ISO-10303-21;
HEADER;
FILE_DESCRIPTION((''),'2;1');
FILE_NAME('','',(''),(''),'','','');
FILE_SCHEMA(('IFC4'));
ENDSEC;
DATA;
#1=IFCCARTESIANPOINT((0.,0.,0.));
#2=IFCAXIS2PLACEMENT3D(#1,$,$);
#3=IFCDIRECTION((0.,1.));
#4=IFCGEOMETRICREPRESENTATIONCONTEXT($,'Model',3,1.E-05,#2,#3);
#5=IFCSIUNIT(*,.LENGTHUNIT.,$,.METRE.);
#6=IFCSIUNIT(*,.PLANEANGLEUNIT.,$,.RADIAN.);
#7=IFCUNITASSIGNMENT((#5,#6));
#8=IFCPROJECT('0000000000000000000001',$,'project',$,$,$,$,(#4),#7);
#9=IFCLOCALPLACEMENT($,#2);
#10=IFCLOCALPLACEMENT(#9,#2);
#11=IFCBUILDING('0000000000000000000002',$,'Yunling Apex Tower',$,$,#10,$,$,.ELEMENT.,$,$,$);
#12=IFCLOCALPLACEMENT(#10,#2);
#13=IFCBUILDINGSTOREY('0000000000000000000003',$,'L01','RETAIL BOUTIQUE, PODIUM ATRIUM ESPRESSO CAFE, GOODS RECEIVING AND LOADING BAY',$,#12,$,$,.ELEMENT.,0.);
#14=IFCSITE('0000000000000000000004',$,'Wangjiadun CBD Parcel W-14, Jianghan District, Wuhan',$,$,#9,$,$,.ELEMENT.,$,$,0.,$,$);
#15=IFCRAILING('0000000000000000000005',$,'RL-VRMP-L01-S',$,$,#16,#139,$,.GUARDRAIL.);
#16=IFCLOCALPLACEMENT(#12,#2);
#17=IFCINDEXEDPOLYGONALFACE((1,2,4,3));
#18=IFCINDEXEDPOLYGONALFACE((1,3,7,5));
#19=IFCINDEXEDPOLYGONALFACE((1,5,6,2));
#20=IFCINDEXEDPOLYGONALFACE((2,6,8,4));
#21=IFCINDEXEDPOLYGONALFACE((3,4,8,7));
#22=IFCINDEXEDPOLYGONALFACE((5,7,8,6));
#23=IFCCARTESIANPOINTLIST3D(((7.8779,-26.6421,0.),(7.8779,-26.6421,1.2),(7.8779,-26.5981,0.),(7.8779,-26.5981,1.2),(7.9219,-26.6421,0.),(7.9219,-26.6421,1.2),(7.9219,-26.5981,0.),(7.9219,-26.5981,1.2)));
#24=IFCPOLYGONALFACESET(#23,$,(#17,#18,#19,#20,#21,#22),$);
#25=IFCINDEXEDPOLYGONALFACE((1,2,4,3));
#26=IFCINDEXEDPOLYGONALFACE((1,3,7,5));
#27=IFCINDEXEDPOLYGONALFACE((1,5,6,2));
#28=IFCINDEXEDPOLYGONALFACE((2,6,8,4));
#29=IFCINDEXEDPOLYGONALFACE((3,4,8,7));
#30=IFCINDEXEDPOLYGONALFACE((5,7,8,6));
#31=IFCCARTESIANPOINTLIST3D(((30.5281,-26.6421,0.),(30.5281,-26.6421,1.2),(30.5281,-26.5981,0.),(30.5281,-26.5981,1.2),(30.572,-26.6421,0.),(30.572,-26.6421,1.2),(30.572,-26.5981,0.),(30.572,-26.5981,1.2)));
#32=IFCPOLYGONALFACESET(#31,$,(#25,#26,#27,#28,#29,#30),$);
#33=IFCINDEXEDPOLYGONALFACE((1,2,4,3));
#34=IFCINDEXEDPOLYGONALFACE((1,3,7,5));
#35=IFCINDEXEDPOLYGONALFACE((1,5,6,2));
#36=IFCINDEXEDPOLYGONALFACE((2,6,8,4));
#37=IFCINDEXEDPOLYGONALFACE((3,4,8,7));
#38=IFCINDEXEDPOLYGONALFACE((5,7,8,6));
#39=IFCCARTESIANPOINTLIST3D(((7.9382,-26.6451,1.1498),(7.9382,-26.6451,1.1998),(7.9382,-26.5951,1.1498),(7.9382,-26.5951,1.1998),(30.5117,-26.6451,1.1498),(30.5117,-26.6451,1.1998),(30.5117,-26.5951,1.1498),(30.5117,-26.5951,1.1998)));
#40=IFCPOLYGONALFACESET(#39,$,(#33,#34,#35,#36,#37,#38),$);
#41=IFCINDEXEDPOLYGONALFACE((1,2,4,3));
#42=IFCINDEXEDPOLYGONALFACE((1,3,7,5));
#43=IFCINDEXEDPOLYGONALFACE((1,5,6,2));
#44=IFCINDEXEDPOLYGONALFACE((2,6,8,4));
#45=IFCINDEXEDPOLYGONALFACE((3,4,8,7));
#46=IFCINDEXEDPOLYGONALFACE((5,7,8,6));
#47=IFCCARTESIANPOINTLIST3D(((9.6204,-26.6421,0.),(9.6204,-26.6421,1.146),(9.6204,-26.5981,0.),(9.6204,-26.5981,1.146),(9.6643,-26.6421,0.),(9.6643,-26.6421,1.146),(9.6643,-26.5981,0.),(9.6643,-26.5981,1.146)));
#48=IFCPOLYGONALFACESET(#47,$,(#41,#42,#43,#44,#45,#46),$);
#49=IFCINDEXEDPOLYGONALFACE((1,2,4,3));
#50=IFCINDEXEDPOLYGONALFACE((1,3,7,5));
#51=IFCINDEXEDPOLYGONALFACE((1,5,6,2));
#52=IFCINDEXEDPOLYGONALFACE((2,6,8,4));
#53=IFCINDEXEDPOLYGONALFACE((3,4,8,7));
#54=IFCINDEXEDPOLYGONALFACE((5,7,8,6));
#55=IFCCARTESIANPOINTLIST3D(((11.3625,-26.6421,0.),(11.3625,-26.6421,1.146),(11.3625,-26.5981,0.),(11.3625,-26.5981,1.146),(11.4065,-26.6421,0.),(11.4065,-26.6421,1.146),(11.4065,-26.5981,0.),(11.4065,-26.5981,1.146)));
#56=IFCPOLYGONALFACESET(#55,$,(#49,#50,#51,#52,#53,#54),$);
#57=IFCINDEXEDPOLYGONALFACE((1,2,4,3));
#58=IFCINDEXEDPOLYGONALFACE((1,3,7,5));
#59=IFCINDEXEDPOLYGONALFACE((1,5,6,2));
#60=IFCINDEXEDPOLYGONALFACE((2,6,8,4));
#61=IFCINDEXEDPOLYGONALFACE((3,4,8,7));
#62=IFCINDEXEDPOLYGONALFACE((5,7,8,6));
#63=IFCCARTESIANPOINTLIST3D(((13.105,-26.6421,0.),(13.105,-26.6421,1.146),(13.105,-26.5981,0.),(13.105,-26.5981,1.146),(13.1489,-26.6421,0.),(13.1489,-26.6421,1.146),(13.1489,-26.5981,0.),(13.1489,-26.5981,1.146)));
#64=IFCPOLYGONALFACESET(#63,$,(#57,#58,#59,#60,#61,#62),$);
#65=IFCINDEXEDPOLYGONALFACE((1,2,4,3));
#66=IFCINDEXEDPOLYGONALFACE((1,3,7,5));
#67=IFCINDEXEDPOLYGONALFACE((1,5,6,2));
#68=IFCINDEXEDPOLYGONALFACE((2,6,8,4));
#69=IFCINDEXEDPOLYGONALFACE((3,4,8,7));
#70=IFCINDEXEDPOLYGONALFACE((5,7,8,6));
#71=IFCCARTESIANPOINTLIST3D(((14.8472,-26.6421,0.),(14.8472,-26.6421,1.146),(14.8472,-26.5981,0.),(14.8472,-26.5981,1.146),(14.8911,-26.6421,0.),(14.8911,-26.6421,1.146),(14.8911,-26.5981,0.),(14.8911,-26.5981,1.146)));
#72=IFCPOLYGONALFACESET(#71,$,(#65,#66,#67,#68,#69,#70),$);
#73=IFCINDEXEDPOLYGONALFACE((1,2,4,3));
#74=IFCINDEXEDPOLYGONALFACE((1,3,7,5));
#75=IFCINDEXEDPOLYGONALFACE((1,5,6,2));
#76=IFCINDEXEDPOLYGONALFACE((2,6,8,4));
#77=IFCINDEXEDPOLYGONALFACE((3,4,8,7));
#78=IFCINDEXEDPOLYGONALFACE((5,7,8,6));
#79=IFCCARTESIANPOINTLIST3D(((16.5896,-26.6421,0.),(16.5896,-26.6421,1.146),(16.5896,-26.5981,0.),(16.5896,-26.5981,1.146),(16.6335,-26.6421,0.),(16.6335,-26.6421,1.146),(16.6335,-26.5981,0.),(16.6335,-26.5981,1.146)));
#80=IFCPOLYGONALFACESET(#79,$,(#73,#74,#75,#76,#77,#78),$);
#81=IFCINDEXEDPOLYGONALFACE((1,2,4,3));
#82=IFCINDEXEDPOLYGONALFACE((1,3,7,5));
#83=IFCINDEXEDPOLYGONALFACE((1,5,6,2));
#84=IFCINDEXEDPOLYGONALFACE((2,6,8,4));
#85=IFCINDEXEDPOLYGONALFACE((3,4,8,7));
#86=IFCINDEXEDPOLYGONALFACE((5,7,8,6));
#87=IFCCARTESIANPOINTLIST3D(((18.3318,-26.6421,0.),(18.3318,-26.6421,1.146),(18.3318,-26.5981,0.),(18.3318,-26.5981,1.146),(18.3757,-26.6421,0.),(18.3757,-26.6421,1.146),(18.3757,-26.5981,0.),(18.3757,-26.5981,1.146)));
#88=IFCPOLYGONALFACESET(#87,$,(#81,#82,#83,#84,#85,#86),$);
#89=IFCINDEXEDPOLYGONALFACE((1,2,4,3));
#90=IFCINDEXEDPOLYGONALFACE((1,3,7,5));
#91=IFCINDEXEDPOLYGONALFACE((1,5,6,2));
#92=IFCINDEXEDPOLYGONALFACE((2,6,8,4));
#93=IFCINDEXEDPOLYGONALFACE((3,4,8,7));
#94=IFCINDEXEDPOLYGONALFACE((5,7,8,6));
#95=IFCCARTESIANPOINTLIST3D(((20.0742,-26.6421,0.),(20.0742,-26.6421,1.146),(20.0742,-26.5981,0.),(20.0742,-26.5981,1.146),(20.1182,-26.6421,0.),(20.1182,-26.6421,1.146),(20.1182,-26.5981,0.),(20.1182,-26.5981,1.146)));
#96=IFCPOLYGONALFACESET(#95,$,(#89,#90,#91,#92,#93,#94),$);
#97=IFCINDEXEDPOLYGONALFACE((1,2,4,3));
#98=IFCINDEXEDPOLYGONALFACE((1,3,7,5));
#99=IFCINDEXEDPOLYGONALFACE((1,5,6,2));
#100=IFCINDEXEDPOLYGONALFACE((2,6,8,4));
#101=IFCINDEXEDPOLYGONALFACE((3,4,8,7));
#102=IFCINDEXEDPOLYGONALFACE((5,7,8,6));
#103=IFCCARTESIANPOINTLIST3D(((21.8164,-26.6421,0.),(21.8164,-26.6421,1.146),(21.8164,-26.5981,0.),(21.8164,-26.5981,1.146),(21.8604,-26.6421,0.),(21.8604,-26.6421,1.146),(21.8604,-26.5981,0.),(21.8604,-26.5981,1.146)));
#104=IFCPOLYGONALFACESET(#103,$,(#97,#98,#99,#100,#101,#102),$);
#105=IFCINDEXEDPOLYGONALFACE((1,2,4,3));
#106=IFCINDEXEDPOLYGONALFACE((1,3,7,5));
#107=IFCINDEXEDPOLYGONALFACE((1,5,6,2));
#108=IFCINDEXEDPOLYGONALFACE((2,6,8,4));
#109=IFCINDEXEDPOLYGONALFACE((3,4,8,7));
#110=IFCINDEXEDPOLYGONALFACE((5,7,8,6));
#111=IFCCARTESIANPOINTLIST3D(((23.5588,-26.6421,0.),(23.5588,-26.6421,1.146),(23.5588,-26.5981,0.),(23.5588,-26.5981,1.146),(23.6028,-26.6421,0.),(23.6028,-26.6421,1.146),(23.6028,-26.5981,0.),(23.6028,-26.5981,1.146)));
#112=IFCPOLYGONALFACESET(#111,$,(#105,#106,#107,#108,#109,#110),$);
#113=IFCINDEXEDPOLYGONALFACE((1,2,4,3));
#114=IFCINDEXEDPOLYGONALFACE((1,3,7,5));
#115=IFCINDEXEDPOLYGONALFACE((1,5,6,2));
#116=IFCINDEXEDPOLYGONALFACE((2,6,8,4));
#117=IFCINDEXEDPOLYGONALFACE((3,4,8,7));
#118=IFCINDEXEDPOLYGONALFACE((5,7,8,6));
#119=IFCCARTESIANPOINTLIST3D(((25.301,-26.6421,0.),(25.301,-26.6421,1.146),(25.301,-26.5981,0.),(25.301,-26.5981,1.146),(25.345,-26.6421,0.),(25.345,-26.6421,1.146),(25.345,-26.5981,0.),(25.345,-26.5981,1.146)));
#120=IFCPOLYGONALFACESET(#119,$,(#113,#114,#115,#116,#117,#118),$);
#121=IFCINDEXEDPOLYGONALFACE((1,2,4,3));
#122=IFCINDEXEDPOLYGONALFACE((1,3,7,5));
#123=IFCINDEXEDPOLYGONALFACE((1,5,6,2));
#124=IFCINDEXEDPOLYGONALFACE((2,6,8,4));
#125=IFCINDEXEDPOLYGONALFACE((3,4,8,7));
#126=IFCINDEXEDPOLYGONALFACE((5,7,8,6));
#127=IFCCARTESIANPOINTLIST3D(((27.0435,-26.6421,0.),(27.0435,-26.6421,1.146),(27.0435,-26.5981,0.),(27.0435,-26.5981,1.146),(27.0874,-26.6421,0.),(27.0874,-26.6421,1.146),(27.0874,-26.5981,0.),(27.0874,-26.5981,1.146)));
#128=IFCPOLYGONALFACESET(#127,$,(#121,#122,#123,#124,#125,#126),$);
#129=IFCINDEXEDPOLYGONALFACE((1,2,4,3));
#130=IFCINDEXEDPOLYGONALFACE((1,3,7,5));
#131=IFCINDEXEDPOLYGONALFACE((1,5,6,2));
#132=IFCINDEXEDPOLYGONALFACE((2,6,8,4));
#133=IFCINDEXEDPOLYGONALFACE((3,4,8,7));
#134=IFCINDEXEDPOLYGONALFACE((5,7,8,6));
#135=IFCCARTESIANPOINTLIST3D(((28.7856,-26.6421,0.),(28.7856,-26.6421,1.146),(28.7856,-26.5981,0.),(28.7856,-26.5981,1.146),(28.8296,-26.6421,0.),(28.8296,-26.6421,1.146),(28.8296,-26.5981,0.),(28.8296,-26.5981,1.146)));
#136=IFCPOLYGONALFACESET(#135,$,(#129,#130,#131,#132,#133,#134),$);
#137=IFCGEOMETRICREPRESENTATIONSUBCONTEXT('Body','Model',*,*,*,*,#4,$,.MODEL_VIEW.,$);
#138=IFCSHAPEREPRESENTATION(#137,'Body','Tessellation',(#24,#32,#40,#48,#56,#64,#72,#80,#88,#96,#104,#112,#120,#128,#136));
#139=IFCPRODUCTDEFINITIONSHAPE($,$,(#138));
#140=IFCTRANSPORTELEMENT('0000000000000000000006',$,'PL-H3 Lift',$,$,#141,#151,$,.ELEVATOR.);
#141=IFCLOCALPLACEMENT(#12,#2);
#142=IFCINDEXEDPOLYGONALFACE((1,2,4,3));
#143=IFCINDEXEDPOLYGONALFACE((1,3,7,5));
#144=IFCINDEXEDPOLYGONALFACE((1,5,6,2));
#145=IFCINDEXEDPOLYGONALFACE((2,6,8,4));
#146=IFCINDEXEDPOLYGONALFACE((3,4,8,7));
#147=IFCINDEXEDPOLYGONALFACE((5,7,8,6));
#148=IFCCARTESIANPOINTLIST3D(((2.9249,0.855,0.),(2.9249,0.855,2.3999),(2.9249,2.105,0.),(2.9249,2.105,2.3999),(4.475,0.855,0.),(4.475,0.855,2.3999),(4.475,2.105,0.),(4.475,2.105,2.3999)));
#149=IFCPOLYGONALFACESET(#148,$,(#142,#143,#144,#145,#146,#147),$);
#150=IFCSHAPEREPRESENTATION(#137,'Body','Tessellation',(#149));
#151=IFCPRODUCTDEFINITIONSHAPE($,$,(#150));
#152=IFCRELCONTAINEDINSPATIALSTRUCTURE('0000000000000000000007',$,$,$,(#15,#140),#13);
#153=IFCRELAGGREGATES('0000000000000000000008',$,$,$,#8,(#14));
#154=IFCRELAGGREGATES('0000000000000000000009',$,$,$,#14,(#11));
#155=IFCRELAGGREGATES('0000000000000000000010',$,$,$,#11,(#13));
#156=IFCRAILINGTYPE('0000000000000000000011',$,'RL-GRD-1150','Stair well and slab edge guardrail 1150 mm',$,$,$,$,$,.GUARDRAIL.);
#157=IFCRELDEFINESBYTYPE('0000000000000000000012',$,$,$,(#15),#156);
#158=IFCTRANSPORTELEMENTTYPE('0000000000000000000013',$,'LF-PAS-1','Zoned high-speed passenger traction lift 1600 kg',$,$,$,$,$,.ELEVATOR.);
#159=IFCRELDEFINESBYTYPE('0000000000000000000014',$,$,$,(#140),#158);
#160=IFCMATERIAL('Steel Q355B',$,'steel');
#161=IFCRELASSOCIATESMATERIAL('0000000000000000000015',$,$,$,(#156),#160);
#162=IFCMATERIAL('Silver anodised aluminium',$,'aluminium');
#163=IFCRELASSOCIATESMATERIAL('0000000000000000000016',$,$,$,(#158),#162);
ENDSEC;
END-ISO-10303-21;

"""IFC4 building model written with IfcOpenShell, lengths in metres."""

from ifc_helpers import new_model, si_unit, direction, frame, origin, origin_2d, place, context, subcontext, project, spatial, rectangle, extrude, source, transform, mapped, material, type_object, element, save


model = new_model("IFC4")

# Units and contexts
model_context = context("Model", 3, precision=1e-05, world=origin(), true_north=direction((0.0, 1.0)))
body_context = subcontext(model_context, "Body", "Model", "MODEL_VIEW")
ifc_project = project(units=[si_unit("LENGTHUNIT", "METRE"), si_unit("PLANEANGLEUNIT", "RADIAN")], contexts=[model_context])

# Site, building, storey
site_placement = place(None, origin())
site = spatial("IfcSite", under=ifc_project, at=site_placement, Name="Wangjiadun CBD Parcel W-14, Jianghan District, Wuhan", CompositionType="ELEMENT", RefElevation=0.0)
building_placement = place(site_placement, origin())
building = spatial("IfcBuilding", under=site, at=building_placement, Name="Yunling Apex Tower", CompositionType="ELEMENT")
storey_placement = place(building_placement, origin())
storey = spatial("IfcBuildingStorey", under=building, at=storey_placement, Name="L01", Description="RETAIL BOUTIQUE, PODIUM ATRIUM ESPRESSO CAFE, GOODS RECEIVING AND LOADING BAY", CompositionType="ELEMENT", Elevation=0.0)

# Shared definitions
ifc_material_1 = material(Name="Steel Q355B", Category="steel")

# Railing
railing_type = type_object("IfcRailingType", Name="RL-GRD-1150", Description="Stair well and slab edge guardrail 1150 mm", PredefinedType="GUARDRAIL", material=ifc_material_1)
railing_placement = place(storey_placement, frame((7.8999, -26.6201, 0.0)))
element("IfcRailing", 1, at=railing_placement, inside=storey, type_object=railing_type, Name="RL-VRMP-L01-S", PredefinedType="GUARDRAIL", context=body_context, shape_type="SweptSolid", body=[
    extrude(rectangle(XDim=0.0439, YDim=0.0439, at=origin_2d()), origin(), (0.0, 0.0, 1.0), 1.2),
    extrude(rectangle(XDim=0.0439, YDim=0.0439, at=origin_2d()), frame((22.6501, 0.0, 0.0)), (0.0, 0.0, 1.0), 1.2),
    extrude(rectangle(XDim=0.05, YDim=0.05, at=origin_2d()), frame((0.0383, 0.0, 1.1748), z_axis=(1.0, 0.0, 0.0), x_axis=(0.0, 1.0, 0.0)), (0.0, 0.0, 1.0), 22.5735),
    extrude(rectangle(XDim=0.0439, YDim=0.0439, at=origin_2d()), frame((1.7424, 0.0, 0.0)), (0.0, 0.0, 1.0), 1.146),
    extrude(rectangle(XDim=0.0439, YDim=0.0439, at=origin_2d()), frame((3.4846, 0.0, 0.0)), (0.0, 0.0, 1.0), 1.146),
    extrude(rectangle(XDim=0.0439, YDim=0.0439, at=origin_2d()), frame((5.2271, 0.0, 0.0)), (0.0, 0.0, 1.0), 1.146),
    extrude(rectangle(XDim=0.0439, YDim=0.0439, at=origin_2d()), frame((6.9692, 0.0, 0.0)), (0.0, 0.0, 1.0), 1.146),
    extrude(rectangle(XDim=0.0439, YDim=0.0439, at=origin_2d()), frame((8.7117, 0.0, 0.0)), (0.0, 0.0, 1.0), 1.146),
    extrude(rectangle(XDim=0.0439, YDim=0.0439, at=origin_2d()), frame((10.4539, 0.0, 0.0)), (0.0, 0.0, 1.0), 1.146),
    extrude(rectangle(XDim=0.0439, YDim=0.0439, at=origin_2d()), frame((12.1963, 0.0, 0.0)), (0.0, 0.0, 1.0), 1.146),
    extrude(rectangle(XDim=0.0439, YDim=0.0439, at=origin_2d()), frame((13.9385, 0.0, 0.0)), (0.0, 0.0, 1.0), 1.146),
    extrude(rectangle(XDim=0.0439, YDim=0.0439, at=origin_2d()), frame((15.6809, 0.0, 0.0)), (0.0, 0.0, 1.0), 1.146),
    extrude(rectangle(XDim=0.0439, YDim=0.0439, at=origin_2d()), frame((17.4231, 0.0, 0.0)), (0.0, 0.0, 1.0), 1.146),
    extrude(rectangle(XDim=0.0439, YDim=0.0439, at=origin_2d()), frame((19.1655, 0.0, 0.0)), (0.0, 0.0, 1.0), 1.146),
    extrude(rectangle(XDim=0.0439, YDim=0.0439, at=origin_2d()), frame((20.9077, 0.0, 0.0)), (0.0, 0.0, 1.0), 1.146),
])

# Transport element
ifc_material_2 = material(Name="Silver anodised aluminium", Category="aluminium")
transport_element_type = type_object("IfcTransportElementType", Name="LF-PAS-1", Description="Zoned high-speed passenger traction lift 1600 kg", PredefinedType="ELEVATOR", material=ifc_material_2)
shared_shape_1 = source(origin(), body_context, "Body", "SweptSolid", [
    extrude(rectangle(XDim=1.55, YDim=1.25, at=origin_2d()), origin(), (0.0, 0.0, 1.0), 2.3999),
])
transport_element_placement = place(storey_placement, frame((3.7, 1.48, 0.0), z_axis=(0.0, 0.0, 1.0), x_axis=(1.0, 0.0, 0.0)))
element("IfcTransportElement", 2, at=transport_element_placement, inside=storey, type_object=transport_element_type, Name="PL-H3 Lift", PredefinedType="ELEVATOR", context=body_context, shape_type="MappedRepresentation", body=[
    mapped(shared_shape_1, transform((0.0, 0.0, 0.0), scale=1.0)),
])

save(model, "model.ifc")
